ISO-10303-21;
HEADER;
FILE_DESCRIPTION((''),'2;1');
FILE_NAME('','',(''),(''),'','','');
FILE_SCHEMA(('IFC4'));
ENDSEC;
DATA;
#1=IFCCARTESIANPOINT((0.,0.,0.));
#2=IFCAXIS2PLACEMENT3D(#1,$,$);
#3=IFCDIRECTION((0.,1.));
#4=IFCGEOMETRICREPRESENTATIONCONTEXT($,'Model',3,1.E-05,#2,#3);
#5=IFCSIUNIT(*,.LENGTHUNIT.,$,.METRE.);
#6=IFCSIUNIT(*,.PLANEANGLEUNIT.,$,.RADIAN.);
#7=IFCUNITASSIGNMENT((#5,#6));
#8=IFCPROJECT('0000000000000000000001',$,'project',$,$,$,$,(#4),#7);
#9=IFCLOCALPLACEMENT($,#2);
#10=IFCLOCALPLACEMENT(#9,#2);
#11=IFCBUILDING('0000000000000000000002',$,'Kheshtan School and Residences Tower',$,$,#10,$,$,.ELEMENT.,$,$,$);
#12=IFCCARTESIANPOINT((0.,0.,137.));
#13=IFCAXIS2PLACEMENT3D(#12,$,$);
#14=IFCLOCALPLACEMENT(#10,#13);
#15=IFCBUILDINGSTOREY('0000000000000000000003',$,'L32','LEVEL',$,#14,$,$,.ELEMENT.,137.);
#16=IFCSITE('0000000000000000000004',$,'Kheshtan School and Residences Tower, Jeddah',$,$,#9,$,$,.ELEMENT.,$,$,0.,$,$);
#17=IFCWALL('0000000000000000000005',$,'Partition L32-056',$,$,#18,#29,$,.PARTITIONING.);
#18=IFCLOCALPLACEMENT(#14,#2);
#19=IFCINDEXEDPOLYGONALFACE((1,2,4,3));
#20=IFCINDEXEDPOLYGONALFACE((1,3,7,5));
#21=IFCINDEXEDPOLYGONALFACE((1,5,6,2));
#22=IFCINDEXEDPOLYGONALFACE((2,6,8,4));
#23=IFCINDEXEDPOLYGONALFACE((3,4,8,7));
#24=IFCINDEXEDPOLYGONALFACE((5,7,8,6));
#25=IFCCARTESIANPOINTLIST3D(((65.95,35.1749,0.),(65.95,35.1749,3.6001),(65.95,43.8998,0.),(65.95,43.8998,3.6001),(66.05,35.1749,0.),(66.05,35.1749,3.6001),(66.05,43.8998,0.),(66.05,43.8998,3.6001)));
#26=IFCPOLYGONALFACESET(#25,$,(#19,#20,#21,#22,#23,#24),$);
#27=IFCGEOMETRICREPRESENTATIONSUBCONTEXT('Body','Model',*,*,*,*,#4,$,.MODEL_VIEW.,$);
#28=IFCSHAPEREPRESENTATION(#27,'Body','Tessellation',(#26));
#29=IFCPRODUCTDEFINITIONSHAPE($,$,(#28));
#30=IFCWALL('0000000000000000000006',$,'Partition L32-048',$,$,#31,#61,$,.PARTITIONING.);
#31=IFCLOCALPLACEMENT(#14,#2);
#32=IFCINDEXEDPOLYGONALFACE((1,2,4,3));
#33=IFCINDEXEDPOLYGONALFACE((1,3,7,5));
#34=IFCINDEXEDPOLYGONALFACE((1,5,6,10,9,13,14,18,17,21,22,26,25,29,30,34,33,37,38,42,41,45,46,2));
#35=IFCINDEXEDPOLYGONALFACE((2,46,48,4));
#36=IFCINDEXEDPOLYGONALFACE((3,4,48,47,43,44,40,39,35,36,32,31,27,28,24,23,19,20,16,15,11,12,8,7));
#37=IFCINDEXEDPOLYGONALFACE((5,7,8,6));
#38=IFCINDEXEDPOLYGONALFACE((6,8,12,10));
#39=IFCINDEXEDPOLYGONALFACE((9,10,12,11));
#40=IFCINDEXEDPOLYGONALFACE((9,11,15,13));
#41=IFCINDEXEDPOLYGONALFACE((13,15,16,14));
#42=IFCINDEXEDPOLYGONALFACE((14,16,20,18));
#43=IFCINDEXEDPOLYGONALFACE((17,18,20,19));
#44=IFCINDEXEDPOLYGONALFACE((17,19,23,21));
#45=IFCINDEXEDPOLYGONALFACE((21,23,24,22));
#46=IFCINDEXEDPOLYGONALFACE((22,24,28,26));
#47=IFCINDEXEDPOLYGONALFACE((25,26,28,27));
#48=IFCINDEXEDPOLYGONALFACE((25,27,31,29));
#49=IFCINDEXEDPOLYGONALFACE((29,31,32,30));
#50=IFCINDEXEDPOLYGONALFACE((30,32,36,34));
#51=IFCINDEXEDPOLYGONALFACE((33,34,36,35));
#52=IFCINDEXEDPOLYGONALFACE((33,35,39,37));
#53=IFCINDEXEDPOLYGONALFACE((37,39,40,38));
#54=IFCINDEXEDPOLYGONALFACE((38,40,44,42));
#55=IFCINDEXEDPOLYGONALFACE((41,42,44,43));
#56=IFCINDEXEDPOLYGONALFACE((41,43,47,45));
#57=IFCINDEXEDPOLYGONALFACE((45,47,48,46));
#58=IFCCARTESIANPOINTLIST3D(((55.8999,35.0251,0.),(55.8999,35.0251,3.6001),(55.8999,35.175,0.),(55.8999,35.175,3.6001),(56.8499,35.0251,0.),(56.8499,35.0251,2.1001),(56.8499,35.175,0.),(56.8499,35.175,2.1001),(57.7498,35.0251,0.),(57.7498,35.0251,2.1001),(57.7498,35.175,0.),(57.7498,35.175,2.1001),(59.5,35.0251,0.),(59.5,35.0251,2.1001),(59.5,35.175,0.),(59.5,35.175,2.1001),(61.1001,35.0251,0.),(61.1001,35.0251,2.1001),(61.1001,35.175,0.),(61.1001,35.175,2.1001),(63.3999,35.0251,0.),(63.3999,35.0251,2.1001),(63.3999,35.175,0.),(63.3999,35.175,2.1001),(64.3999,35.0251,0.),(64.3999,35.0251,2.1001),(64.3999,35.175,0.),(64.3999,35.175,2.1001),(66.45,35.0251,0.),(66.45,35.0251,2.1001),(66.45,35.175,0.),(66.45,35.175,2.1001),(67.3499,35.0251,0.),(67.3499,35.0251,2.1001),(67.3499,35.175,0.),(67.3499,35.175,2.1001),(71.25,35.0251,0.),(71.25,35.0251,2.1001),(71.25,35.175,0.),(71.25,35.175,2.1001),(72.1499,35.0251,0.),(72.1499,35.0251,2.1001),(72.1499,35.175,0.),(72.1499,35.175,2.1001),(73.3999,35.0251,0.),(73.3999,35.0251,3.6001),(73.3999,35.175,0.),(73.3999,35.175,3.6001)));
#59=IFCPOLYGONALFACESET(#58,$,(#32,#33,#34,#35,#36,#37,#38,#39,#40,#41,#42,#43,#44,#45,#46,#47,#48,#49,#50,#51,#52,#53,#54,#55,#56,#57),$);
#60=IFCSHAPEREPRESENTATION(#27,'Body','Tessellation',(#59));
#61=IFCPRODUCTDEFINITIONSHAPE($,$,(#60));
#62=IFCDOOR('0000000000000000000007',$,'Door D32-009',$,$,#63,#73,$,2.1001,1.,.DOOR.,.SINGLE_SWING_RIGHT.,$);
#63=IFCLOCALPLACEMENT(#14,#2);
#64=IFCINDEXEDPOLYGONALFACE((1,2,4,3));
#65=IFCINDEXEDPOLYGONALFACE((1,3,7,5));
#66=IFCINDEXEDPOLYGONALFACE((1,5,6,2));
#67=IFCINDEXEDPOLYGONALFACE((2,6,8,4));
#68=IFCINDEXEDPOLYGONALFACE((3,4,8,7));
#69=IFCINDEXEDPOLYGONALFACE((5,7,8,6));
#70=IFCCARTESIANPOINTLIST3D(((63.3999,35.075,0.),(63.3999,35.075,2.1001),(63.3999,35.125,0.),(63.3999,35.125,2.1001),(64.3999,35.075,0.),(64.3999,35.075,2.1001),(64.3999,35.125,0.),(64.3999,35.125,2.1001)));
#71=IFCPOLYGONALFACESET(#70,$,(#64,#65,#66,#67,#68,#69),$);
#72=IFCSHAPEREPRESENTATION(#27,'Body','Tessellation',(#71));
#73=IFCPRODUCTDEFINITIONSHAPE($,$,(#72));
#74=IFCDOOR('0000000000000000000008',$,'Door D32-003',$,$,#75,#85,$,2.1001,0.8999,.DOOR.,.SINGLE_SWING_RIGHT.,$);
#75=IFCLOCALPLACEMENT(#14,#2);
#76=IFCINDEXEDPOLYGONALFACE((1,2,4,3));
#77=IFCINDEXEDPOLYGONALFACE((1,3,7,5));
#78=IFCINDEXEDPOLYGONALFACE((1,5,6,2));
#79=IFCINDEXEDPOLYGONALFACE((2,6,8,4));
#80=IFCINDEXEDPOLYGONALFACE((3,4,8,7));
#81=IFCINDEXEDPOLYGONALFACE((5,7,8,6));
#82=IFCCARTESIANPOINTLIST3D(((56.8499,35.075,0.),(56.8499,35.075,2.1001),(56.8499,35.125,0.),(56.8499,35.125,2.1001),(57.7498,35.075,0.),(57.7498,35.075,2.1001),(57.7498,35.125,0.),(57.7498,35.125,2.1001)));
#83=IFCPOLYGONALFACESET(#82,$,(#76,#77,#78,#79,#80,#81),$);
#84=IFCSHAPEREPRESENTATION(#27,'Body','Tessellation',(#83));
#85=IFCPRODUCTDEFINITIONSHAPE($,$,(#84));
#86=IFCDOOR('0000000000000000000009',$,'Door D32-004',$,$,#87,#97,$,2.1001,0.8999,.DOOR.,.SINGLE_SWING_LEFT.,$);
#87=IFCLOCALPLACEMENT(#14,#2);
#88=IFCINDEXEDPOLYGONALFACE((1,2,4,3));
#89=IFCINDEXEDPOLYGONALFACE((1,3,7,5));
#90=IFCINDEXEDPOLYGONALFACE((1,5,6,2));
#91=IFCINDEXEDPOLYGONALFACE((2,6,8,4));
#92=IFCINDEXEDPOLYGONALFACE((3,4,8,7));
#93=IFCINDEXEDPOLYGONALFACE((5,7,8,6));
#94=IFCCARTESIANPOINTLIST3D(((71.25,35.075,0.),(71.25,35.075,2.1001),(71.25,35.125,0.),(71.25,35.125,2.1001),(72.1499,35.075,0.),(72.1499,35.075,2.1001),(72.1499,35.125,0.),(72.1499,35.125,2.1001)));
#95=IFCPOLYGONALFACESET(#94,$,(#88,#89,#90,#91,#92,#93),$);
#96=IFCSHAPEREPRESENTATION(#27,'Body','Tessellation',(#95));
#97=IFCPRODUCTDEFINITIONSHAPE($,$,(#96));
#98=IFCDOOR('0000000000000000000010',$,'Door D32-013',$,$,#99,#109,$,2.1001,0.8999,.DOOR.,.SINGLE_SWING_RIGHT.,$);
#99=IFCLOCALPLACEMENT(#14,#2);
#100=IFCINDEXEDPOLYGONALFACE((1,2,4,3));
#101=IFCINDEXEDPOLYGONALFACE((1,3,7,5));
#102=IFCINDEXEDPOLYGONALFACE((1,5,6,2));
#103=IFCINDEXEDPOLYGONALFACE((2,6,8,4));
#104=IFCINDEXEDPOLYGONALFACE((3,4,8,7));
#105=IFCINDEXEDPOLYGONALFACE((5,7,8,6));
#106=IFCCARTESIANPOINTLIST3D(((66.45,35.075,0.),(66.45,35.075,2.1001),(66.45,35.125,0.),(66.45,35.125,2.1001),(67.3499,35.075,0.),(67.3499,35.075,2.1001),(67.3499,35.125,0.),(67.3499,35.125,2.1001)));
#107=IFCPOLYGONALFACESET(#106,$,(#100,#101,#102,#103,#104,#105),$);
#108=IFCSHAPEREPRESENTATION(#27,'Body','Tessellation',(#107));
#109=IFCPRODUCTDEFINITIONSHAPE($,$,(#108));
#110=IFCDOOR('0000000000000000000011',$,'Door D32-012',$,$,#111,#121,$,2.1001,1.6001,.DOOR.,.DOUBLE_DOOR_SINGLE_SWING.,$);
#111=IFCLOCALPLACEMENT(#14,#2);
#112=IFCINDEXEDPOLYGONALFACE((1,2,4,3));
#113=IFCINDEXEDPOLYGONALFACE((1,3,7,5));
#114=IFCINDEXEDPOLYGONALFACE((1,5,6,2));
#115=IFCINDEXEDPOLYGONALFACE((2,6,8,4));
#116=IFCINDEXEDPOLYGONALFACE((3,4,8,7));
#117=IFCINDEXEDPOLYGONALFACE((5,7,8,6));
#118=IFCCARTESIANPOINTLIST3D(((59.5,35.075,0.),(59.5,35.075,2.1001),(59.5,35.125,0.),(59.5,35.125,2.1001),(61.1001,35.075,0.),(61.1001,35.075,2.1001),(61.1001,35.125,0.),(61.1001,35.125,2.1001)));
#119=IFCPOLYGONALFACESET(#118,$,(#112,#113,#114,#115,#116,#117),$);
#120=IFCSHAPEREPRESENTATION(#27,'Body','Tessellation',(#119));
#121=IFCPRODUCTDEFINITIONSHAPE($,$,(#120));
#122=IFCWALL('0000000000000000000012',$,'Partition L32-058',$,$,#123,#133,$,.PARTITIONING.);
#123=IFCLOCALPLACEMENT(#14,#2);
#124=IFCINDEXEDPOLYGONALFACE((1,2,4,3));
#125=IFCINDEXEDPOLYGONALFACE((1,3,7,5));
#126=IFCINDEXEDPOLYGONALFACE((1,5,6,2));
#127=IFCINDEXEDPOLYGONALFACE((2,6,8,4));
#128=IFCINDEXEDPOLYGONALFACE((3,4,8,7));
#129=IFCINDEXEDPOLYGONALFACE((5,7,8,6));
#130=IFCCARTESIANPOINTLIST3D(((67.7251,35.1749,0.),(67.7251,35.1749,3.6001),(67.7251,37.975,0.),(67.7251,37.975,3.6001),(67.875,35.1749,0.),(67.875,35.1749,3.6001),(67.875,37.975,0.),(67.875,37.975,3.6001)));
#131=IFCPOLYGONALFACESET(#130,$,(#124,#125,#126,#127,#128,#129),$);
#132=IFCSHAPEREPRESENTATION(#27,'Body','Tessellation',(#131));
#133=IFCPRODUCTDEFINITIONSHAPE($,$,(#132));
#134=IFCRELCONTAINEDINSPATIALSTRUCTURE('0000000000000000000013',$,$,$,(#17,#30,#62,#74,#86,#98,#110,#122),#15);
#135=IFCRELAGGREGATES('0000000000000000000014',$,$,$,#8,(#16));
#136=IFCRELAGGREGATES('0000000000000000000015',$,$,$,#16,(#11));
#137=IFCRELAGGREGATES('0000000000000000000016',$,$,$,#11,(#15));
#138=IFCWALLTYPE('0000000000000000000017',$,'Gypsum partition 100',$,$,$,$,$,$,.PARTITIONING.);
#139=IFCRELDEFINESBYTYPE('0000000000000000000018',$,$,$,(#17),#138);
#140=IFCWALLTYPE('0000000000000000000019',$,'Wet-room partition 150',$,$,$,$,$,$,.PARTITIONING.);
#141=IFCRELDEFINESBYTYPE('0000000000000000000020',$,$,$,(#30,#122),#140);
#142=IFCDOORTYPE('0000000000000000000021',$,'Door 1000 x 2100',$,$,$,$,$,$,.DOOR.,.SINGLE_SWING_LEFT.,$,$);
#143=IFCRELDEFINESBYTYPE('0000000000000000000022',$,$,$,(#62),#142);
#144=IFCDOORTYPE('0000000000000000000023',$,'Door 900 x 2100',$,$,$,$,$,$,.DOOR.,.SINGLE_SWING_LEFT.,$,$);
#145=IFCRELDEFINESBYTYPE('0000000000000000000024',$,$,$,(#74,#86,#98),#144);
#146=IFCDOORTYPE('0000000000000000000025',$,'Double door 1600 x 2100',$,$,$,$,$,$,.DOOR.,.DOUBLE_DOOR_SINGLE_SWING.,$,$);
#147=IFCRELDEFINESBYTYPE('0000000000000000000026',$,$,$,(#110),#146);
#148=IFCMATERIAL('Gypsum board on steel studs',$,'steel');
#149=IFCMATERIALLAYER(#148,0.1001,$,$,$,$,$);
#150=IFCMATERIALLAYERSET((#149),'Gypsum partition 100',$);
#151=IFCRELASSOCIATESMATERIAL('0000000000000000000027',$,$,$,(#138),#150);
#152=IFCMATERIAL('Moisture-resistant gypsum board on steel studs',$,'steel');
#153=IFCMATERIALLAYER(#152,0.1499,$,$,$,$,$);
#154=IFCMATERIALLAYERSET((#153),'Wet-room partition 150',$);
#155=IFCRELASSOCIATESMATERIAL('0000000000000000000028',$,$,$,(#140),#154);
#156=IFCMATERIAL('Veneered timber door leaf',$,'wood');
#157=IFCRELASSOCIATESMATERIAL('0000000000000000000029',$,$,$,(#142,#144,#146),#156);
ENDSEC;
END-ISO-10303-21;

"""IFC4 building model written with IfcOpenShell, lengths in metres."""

from ifc_helpers import new_model, si_unit, direction, frame, frame_2d, origin, place, context, subcontext, project, spatial, rectangle, extrude, source, transform, mapped, material, layer, layer_set, type_object, element, fill, save


model = new_model("IFC4")

# Units and contexts
model_context = context("Model", 3, precision=1e-05, world=origin(), true_north=direction((0.0, 1.0)))
body_context = subcontext(model_context, "Body", "Model", "MODEL_VIEW")
ifc_project = project(units=[si_unit("LENGTHUNIT", "METRE"), si_unit("PLANEANGLEUNIT", "RADIAN")], contexts=[model_context])

# Site, building, storey
site_placement = place(None, origin())
site = spatial("IfcSite", under=ifc_project, at=site_placement, Name="Kheshtan School and Residences Tower, Jeddah", CompositionType="ELEMENT", RefElevation=0.0)
building_placement = place(site_placement, origin())
building = spatial("IfcBuilding", under=site, at=building_placement, Name="Kheshtan School and Residences Tower", CompositionType="ELEMENT")
storey_placement = place(building_placement, frame((0.0, 0.0, 137.0)))
storey = spatial("IfcBuildingStorey", under=building, at=storey_placement, Name="L32", Description="LEVEL", CompositionType="ELEMENT", Elevation=137.0)

# Wall
ifc_material_1 = material(Name="Gypsum board on steel studs", Category="steel")
ifc_layer_1 = layer(ifc_material_1, 0.1001)
ifc_layer_set_1 = layer_set([ifc_layer_1], Name="Gypsum partition 100")
wall_type_1 = type_object("IfcWallType", Name="Gypsum partition 100", PredefinedType="PARTITIONING", material=ifc_layer_set_1)
for number, where, z_axis, x_axis, name in (
    (1, (66.0, 35.175, 0.0), (0.0, 0.0, 1.0), (0.0, 1.0, 0.0), "Partition L32-056"),
):
    element("IfcWall", number, at=place(storey_placement, frame(where, z_axis=z_axis, x_axis=x_axis)), inside=storey, type_object=wall_type_1, Name=name, PredefinedType="PARTITIONING", context=body_context, shape_type="SweptSolid", body=[
        extrude(rectangle(XDim=8.7249, YDim=0.1001, at=frame_2d((4.3623, 0.0))), origin(), (0.0, 0.0, 1.0), 3.6001),
    ])

# Wall, openings, doors
ifc_material_2 = material(Name="Moisture-resistant gypsum board on steel studs", Category="steel")
ifc_layer_2 = layer(ifc_material_2, 0.1499)
ifc_layer_set_2 = layer_set([ifc_layer_2], Name="Wet-room partition 150")
wall_type_2 = type_object("IfcWallType", Name="Wet-room partition 150", PredefinedType="PARTITIONING", material=ifc_layer_set_2)
wall_1_placement = place(storey_placement, frame((55.8999, 35.1001, 0.0), z_axis=(0.0, 0.0, 1.0), x_axis=(1.0, 0.0, 0.0)))
wall_1 = element("IfcWall", 2, at=wall_1_placement, inside=storey, type_object=wall_type_2, Name="Partition L32-048", PredefinedType="PARTITIONING", context=body_context, shape_type="SweptSolid", body=[
    extrude(rectangle(XDim=17.5, YDim=0.1499, at=frame_2d((8.75, 0.0))), origin(), (0.0, 0.0, 1.0), 3.6001),
])
opening_1_placement = place(wall_1_placement, frame((0.95, 0.0, 0.0)))
opening_1 = element("IfcOpeningElement", 3, at=opening_1_placement, cuts=wall_1, PredefinedType="OPENING", context=body_context, shape_type="SweptSolid", body=[
    extrude(rectangle(XDim=0.8999, YDim=2.1001, at=frame_2d((0.45, 1.05))), frame((0.0, 0.085, 0.0), z_axis=(0.0, -1.0, 0.0), x_axis=(1.0, 0.0, 0.0)), (0.0, 0.0, 1.0), 0.1699),
])
opening_2_placement = place(wall_1_placement, frame((15.3501, 0.0, 0.0)))
opening_2 = element("IfcOpeningElement", 4, at=opening_2_placement, cuts=wall_1, PredefinedType="OPENING", context=body_context, shape_type="SweptSolid", body=[
    extrude(rectangle(XDim=0.8999, YDim=2.1001, at=frame_2d((0.45, 1.05))), frame((0.0, 0.085, 0.0), z_axis=(0.0, -1.0, 0.0), x_axis=(1.0, 0.0, 0.0)), (0.0, 0.0, 1.0), 0.1699),
])
opening_3_placement = place(wall_1_placement, frame((7.5, 0.0, 0.0)))
opening_3 = element("IfcOpeningElement", 5, at=opening_3_placement, cuts=wall_1, PredefinedType="OPENING", context=body_context, shape_type="SweptSolid", body=[
    extrude(rectangle(XDim=1.0, YDim=2.1001, at=frame_2d((0.5, 1.05))), frame((0.0, 0.085, 0.0), z_axis=(0.0, -1.0, 0.0), x_axis=(1.0, 0.0, 0.0)), (0.0, 0.0, 1.0), 0.1699),
])
opening_4_placement = place(wall_1_placement, frame((3.6001, 0.0, 0.0)))
opening_4 = element("IfcOpeningElement", 6, at=opening_4_placement, cuts=wall_1, PredefinedType="OPENING", context=body_context, shape_type="SweptSolid", body=[
    extrude(rectangle(XDim=1.6001, YDim=2.1001, at=frame_2d((0.8, 1.05))), frame((0.0, 0.085, 0.0), z_axis=(0.0, -1.0, 0.0), x_axis=(1.0, 0.0, 0.0)), (0.0, 0.0, 1.0), 0.1699),
])
opening_5_placement = place(wall_1_placement, frame((10.55, 0.0, 0.0)))
opening_5 = element("IfcOpeningElement", 7, at=opening_5_placement, cuts=wall_1, PredefinedType="OPENING", context=body_context, shape_type="SweptSolid", body=[
    extrude(rectangle(XDim=0.8999, YDim=2.1001, at=frame_2d((0.45, 1.05))), frame((0.0, 0.085, 0.0), z_axis=(0.0, -1.0, 0.0), x_axis=(1.0, 0.0, 0.0)), (0.0, 0.0, 1.0), 0.1699),
])
ifc_material_3 = material(Name="Veneered timber door leaf", Category="wood")
door_type_1 = type_object("IfcDoorType", Name="Door 1000 x 2100", OperationType="SINGLE_SWING_LEFT", PredefinedType="DOOR", material=ifc_material_3)
shared_shape_1 = source(origin(), body_context, "Body", "SweptSolid", [
    extrude(rectangle(XDim=1.0, YDim=2.1001, at=frame_2d((0.5, 1.05))), frame((0.0, 0.0249, 0.0), z_axis=(0.0, -1.0, 0.0), x_axis=(1.0, 0.0, 0.0)), (0.0, 0.0, 1.0), 0.05),
])
door_1_placement = place(opening_3_placement, origin())
door_1 = element("IfcDoor", 8, at=door_1_placement, inside=storey, type_object=door_type_1, Name="Door D32-009", OperationType="SINGLE_SWING_RIGHT", OverallHeight=2.1001, OverallWidth=1.0, PredefinedType="DOOR", context=body_context, shape_type="MappedRepresentation", body=[
    mapped(shared_shape_1, transform((0.0, 0.0, 0.0), x_axis=(1.0, 0.0, 0.0), y_axis=(0.0, 1.0, 0.0), z_axis=(0.0, 0.0, 1.0), scale=1.0)),
])
fill(opening_3, door_1)
door_type_2 = type_object("IfcDoorType", Name="Door 900 x 2100", OperationType="SINGLE_SWING_LEFT", PredefinedType="DOOR", material=ifc_material_3)
shared_shape_2 = source(origin(), body_context, "Body", "SweptSolid", [
    extrude(rectangle(XDim=0.8999, YDim=2.1001, at=frame_2d((0.45, 1.05))), frame((0.0, 0.0249, 0.0), z_axis=(0.0, -1.0, 0.0), x_axis=(1.0, 0.0, 0.0)), (0.0, 0.0, 1.0), 0.05),
])
door_2_placement = place(opening_1_placement, origin())
door_2 = element("IfcDoor", 9, at=door_2_placement, inside=storey, type_object=door_type_2, Name="Door D32-003", OperationType="SINGLE_SWING_RIGHT", OverallHeight=2.1001, OverallWidth=0.8999, PredefinedType="DOOR", context=body_context, shape_type="MappedRepresentation", body=[
    mapped(shared_shape_2, transform((0.0, 0.0, 0.0), x_axis=(1.0, 0.0, 0.0), y_axis=(0.0, 1.0, 0.0), z_axis=(0.0, 0.0, 1.0), scale=1.0)),
])
fill(opening_1, door_2)
door_3_placement = place(opening_2_placement, origin())
door_3 = element("IfcDoor", 10, at=door_3_placement, inside=storey, type_object=door_type_2, Name="Door D32-004", OperationType="SINGLE_SWING_LEFT", OverallHeight=2.1001, OverallWidth=0.8999, PredefinedType="DOOR", context=body_context, shape_type="MappedRepresentation", body=[
    mapped(shared_shape_2, transform((0.0, 0.0, 0.0), x_axis=(1.0, 0.0, 0.0), y_axis=(0.0, 1.0, 0.0), z_axis=(0.0, 0.0, 1.0), scale=1.0)),
])
fill(opening_2, door_3)
door_4_placement = place(opening_5_placement, origin())
door_4 = element("IfcDoor", 11, at=door_4_placement, inside=storey, type_object=door_type_2, Name="Door D32-013", OperationType="SINGLE_SWING_RIGHT", OverallHeight=2.1001, OverallWidth=0.8999, PredefinedType="DOOR", context=body_context, shape_type="MappedRepresentation", body=[
    mapped(shared_shape_2, transform((0.0, 0.0, 0.0), x_axis=(1.0, 0.0, 0.0), y_axis=(0.0, 1.0, 0.0), z_axis=(0.0, 0.0, 1.0), scale=1.0)),
])
fill(opening_5, door_4)
door_type_3 = type_object("IfcDoorType", Name="Double door 1600 x 2100", OperationType="DOUBLE_DOOR_SINGLE_SWING", PredefinedType="DOOR", material=ifc_material_3)
shared_shape_3 = source(origin(), body_context, "Body", "SweptSolid", [
    extrude(rectangle(XDim=1.6001, YDim=2.1001, at=frame_2d((0.8, 1.05))), frame((0.0, 0.0249, 0.0), z_axis=(0.0, -1.0, 0.0), x_axis=(1.0, 0.0, 0.0)), (0.0, 0.0, 1.0), 0.05),
])
door_5_placement = place(opening_4_placement, origin())
door_5 = element("IfcDoor", 12, at=door_5_placement, inside=storey, type_object=door_type_3, Name="Door D32-012", OperationType="DOUBLE_DOOR_SINGLE_SWING", OverallHeight=2.1001, OverallWidth=1.6001, PredefinedType="DOOR", context=body_context, shape_type="MappedRepresentation", body=[
    mapped(shared_shape_3, transform((0.0, 0.0, 0.0), x_axis=(1.0, 0.0, 0.0), y_axis=(0.0, 1.0, 0.0), z_axis=(0.0, 0.0, 1.0), scale=1.0)),
])
fill(opening_4, door_5)

# Wall
wall_2_placement = place(storey_placement, frame((67.8, 35.175, 0.0), z_axis=(0.0, 0.0, 1.0), x_axis=(0.0, 1.0, 0.0)))
element("IfcWall", 13, at=wall_2_placement, inside=storey, type_object=wall_type_2, Name="Partition L32-058", PredefinedType="PARTITIONING", context=body_context, shape_type="SweptSolid", body=[
    extrude(rectangle(XDim=2.8, YDim=0.1499, at=frame_2d((1.3999, 0.0))), origin(), (0.0, 0.0, 1.0), 3.6001),
])

save(model, "model.ifc")
